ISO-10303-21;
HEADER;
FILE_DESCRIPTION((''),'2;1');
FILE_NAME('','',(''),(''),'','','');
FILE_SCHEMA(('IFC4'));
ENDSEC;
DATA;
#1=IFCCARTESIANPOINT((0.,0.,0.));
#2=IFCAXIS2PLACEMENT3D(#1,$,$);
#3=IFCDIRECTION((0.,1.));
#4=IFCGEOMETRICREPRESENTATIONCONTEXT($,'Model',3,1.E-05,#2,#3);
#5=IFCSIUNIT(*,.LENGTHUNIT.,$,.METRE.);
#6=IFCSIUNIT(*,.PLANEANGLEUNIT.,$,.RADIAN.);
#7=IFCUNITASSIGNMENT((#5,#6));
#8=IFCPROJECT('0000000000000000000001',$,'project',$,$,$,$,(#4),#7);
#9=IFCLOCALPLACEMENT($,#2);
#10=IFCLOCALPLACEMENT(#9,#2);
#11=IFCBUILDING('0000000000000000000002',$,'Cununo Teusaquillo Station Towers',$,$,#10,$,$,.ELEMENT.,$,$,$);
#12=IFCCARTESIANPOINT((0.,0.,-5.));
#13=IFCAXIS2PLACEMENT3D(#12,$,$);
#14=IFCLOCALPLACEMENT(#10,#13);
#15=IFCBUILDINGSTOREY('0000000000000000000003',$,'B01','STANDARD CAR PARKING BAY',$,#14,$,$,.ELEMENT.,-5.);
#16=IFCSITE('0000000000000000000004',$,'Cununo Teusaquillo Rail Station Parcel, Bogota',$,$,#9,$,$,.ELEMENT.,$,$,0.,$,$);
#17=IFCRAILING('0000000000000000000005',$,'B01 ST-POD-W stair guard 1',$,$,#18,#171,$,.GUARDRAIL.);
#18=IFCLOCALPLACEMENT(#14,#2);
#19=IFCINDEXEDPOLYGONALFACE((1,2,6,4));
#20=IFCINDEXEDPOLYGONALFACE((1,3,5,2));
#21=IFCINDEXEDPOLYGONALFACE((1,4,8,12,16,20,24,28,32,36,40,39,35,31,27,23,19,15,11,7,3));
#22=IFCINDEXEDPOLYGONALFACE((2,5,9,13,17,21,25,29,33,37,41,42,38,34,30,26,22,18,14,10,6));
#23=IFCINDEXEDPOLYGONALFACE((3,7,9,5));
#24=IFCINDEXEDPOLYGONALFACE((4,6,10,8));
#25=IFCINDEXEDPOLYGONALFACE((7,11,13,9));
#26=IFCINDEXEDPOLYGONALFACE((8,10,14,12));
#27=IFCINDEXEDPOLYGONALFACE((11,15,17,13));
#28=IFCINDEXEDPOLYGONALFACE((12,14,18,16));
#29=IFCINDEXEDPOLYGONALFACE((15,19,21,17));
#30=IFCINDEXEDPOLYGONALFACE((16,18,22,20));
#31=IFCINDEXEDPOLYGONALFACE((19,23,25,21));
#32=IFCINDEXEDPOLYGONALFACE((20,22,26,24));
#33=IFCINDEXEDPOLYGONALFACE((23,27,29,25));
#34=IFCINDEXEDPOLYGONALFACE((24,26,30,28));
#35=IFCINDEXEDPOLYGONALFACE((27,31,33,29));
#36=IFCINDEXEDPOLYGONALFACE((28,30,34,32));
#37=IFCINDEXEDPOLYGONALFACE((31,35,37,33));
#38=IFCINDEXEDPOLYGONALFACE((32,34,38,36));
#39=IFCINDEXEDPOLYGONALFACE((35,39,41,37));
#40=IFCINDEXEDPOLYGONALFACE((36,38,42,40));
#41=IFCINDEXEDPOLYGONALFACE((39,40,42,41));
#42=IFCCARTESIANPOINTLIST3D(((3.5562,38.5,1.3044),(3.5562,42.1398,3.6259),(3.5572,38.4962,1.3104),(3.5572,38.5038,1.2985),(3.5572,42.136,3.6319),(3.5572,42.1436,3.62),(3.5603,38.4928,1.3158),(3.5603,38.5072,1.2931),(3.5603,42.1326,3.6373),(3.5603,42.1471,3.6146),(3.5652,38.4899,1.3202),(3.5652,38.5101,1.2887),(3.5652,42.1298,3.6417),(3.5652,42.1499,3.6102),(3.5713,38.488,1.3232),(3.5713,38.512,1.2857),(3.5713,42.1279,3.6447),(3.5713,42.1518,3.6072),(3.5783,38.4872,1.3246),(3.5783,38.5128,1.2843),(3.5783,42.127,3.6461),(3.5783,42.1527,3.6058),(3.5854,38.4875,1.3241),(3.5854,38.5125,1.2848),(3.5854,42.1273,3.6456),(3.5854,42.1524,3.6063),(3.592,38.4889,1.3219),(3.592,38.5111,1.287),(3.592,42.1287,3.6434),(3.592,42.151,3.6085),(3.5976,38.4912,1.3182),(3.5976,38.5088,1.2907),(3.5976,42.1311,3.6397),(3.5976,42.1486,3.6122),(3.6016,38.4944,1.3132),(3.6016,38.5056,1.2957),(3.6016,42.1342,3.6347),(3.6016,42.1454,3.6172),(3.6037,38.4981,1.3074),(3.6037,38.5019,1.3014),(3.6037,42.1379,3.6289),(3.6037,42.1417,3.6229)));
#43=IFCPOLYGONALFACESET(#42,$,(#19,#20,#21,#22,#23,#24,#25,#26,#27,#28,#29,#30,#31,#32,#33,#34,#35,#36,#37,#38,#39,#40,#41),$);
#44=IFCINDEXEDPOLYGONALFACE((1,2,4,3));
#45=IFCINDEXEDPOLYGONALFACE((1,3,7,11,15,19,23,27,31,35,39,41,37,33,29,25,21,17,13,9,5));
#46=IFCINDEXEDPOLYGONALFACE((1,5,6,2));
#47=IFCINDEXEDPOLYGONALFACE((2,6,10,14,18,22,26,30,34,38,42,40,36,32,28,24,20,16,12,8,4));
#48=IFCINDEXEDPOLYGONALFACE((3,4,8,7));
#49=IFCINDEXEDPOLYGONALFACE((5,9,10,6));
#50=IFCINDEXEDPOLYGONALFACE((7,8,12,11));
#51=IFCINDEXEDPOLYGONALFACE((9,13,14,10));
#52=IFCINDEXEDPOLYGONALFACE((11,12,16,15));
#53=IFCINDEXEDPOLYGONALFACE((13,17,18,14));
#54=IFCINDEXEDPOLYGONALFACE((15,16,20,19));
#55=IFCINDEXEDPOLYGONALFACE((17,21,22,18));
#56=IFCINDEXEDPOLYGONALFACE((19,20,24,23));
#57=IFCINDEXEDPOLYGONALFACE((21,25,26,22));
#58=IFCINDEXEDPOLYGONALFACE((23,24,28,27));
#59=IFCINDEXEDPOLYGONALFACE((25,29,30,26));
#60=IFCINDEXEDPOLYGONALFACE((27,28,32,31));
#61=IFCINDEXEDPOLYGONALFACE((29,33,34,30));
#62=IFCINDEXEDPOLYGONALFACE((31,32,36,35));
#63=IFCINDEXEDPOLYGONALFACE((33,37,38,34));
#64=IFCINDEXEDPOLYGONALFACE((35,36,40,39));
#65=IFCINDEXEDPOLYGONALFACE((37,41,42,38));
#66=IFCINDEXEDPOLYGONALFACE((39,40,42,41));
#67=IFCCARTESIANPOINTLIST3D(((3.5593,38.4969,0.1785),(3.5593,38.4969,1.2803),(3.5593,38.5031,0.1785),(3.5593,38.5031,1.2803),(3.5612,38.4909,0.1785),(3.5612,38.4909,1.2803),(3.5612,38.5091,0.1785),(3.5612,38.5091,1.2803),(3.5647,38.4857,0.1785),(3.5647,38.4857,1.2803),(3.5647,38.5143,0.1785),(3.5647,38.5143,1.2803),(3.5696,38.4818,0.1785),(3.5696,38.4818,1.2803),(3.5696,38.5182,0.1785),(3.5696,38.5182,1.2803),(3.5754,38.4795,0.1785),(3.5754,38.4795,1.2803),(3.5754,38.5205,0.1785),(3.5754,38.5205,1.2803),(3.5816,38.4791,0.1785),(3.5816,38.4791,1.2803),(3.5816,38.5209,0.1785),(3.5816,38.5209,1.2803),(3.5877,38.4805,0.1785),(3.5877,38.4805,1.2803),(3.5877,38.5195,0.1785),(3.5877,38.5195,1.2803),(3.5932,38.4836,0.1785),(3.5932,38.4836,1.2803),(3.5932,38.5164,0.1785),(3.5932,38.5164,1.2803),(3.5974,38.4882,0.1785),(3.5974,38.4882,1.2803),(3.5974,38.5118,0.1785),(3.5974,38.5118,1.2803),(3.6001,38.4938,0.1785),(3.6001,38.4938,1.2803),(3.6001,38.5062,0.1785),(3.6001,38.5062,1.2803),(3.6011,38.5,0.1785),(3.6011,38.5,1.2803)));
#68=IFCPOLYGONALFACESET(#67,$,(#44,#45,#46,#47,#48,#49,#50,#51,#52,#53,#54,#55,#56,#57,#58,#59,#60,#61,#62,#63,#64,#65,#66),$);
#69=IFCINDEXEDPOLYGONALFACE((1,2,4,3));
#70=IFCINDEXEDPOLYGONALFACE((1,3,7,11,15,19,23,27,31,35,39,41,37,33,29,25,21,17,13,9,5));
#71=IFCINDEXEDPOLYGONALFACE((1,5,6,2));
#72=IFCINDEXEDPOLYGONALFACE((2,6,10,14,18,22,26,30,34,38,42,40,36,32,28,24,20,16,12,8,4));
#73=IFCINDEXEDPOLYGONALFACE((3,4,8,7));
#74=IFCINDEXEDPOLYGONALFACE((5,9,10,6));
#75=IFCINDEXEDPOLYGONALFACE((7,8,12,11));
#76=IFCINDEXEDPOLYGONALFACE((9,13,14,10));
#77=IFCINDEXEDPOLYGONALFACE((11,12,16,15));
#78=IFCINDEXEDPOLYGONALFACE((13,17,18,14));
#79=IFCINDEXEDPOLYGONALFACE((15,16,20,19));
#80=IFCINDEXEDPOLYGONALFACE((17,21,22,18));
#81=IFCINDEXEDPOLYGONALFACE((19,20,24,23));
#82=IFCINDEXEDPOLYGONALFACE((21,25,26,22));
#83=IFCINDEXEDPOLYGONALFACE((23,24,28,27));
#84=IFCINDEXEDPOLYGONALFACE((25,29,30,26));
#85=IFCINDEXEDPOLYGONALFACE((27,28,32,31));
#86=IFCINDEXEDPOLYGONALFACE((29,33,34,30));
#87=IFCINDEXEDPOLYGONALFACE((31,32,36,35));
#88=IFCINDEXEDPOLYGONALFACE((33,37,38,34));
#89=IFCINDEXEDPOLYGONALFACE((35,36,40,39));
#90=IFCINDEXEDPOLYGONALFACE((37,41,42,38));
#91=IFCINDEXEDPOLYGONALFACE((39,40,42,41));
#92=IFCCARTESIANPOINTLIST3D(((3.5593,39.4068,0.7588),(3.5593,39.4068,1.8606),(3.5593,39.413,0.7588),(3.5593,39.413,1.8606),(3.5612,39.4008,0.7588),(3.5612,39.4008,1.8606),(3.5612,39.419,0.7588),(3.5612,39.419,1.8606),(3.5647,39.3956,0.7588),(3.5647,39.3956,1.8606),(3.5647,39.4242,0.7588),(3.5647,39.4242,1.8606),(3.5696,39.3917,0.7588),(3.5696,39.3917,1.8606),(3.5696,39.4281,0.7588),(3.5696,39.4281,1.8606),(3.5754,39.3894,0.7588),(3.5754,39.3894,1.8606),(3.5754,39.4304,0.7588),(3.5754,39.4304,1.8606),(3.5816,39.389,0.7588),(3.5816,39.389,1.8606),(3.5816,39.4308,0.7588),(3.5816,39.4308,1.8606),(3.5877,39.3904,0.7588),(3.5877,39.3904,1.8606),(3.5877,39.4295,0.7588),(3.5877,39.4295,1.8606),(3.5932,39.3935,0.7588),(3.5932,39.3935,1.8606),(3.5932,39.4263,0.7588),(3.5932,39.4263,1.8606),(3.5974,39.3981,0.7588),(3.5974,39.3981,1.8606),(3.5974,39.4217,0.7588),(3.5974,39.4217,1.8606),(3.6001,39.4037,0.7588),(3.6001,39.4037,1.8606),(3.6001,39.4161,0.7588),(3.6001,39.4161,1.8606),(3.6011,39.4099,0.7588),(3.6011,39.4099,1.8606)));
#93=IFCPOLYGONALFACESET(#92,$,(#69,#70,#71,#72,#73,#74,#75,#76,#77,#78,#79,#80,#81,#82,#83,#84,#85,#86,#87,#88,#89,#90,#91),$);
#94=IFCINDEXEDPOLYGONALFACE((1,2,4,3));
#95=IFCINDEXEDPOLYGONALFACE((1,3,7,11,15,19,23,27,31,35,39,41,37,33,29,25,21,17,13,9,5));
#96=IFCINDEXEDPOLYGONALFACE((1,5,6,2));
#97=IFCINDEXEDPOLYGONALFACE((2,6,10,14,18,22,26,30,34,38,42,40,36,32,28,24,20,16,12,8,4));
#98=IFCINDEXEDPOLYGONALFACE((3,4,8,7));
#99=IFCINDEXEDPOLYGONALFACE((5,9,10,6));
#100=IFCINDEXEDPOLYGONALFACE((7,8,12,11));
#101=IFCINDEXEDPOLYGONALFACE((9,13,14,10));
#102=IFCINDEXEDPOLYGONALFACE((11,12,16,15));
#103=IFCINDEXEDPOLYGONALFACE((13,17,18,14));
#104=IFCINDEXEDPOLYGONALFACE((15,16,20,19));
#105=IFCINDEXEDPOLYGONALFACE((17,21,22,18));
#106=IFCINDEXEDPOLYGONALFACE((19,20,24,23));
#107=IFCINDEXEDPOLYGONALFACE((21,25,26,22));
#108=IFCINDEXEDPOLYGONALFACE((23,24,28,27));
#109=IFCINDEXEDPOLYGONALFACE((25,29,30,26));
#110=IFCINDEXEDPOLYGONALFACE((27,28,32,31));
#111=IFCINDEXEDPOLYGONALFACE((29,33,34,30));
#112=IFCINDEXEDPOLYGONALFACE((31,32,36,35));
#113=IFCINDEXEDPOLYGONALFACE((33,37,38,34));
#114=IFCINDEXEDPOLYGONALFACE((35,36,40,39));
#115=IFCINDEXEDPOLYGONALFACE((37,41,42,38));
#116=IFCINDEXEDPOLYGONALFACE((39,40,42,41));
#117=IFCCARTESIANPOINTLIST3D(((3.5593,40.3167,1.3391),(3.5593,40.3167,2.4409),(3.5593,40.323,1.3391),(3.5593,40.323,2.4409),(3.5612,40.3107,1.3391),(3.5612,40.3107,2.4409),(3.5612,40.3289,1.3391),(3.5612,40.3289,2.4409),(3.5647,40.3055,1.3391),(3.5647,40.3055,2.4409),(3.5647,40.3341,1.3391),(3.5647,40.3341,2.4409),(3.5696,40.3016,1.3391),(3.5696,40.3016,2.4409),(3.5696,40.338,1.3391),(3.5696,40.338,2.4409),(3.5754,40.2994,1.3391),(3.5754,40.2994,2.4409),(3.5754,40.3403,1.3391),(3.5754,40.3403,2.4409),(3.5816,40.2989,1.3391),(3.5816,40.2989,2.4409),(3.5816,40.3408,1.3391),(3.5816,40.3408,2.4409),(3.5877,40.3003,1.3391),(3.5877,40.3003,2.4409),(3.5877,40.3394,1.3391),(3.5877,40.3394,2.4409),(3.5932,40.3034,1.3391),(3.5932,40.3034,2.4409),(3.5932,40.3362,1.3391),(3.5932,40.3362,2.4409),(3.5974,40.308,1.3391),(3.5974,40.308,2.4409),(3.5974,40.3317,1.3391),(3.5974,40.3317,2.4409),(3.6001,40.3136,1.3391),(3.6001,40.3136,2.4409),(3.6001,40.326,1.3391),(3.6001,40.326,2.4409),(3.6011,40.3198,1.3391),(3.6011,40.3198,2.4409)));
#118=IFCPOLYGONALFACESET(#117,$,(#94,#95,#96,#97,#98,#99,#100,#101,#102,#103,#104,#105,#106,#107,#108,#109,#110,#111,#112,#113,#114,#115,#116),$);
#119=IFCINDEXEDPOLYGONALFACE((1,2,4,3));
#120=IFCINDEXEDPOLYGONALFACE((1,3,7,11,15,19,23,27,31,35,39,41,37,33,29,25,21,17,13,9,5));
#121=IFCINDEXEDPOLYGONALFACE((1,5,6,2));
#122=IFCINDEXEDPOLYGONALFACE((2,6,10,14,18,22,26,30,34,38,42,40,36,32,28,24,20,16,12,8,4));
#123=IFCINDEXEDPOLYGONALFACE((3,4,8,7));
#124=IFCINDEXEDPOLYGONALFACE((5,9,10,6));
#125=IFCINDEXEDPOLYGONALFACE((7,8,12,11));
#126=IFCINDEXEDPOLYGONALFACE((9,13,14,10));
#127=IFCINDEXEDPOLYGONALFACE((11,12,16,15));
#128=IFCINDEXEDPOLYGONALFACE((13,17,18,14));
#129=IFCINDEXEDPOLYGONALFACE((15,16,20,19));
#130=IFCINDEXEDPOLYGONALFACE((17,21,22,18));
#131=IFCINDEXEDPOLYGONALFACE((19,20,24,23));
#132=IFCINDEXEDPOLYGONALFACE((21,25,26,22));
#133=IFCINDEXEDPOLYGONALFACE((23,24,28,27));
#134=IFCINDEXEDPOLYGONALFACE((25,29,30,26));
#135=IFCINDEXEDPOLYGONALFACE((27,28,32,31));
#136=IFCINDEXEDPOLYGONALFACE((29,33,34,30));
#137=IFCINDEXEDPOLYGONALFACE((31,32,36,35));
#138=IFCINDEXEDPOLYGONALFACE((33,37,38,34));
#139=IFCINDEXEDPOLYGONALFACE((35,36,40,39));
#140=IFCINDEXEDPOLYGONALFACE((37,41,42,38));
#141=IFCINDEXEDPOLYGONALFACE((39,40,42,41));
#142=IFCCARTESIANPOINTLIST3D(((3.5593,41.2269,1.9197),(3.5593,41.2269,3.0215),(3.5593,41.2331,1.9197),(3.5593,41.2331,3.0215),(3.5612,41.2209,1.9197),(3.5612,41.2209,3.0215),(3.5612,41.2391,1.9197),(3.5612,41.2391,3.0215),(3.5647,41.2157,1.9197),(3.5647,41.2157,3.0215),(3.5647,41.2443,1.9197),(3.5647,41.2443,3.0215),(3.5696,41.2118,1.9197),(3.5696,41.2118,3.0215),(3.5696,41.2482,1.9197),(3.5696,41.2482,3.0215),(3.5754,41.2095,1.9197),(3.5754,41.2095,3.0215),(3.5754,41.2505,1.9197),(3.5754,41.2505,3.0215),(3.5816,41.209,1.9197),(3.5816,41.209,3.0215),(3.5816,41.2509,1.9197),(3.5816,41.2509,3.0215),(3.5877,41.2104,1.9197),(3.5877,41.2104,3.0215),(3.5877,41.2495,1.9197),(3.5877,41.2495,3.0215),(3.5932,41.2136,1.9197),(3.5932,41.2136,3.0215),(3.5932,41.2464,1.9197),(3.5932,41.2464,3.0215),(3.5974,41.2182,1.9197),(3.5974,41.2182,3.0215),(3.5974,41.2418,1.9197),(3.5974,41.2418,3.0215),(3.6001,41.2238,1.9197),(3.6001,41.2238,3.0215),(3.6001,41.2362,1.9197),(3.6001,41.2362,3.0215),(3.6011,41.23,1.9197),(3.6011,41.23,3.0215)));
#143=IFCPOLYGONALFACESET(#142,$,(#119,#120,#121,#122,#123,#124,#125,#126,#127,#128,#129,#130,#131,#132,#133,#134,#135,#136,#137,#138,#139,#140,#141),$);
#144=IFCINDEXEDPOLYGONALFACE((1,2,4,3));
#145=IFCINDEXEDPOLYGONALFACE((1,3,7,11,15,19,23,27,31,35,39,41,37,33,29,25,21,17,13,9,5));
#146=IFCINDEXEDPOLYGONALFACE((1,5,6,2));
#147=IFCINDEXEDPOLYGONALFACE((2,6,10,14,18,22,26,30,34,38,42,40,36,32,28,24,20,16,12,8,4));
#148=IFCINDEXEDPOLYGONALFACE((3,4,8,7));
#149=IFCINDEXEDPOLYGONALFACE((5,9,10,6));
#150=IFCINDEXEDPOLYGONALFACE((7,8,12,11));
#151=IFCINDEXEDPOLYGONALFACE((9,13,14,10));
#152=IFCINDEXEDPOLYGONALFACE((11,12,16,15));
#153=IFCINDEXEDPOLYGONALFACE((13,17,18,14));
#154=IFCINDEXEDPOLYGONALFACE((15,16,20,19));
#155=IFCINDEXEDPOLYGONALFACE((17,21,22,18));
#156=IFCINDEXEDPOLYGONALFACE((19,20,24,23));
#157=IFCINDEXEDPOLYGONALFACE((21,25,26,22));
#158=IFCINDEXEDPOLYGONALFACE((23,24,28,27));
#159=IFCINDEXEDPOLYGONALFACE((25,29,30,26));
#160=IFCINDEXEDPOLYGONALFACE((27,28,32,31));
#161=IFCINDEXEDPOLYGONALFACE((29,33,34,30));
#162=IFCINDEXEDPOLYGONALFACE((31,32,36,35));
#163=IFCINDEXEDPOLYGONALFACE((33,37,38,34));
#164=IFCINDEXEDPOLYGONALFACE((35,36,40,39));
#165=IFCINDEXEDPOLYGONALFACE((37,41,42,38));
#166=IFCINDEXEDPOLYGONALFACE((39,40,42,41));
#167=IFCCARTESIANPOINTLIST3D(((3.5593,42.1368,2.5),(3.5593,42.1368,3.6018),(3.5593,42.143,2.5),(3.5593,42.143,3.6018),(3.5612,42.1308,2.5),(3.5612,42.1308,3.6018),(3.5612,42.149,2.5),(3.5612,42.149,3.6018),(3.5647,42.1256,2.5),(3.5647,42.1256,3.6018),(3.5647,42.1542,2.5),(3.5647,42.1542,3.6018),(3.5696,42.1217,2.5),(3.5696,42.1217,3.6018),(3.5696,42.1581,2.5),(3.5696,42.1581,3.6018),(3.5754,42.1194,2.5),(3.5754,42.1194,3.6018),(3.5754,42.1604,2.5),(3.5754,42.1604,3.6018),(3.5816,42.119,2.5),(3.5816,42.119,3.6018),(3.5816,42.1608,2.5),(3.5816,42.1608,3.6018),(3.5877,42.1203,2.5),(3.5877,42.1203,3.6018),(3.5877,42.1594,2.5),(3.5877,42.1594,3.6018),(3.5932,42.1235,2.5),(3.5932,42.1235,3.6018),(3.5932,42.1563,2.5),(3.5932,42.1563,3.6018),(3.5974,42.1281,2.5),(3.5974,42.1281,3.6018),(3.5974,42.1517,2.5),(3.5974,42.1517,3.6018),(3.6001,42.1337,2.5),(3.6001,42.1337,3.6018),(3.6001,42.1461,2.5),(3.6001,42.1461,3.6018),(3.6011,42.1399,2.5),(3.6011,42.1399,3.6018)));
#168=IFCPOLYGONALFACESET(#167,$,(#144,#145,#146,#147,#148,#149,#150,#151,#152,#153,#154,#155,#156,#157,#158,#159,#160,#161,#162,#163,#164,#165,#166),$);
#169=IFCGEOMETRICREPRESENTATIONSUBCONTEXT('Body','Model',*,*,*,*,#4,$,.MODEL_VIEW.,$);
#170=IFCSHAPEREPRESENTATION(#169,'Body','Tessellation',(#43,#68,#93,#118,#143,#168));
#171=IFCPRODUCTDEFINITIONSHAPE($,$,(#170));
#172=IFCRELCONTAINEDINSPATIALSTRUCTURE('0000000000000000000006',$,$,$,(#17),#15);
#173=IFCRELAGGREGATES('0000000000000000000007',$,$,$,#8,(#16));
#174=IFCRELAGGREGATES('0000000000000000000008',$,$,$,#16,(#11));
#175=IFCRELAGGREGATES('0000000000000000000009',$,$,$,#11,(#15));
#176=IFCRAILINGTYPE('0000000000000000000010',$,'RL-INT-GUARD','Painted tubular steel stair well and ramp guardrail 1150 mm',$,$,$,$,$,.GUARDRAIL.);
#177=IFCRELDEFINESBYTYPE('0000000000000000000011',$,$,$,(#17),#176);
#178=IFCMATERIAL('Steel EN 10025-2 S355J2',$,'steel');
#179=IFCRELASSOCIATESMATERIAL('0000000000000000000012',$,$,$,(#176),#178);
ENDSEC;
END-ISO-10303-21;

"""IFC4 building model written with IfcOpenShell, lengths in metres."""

from ifc_helpers import new_model, si_unit, direction, frame, origin, origin_2d, place, context, subcontext, project, spatial, circle, extrude, material, type_object, element, save


model = new_model("IFC4")

# Units and contexts
model_context = context("Model", 3, precision=1e-05, world=origin(), true_north=direction((0.0, 1.0)))
body_context = subcontext(model_context, "Body", "Model", "MODEL_VIEW")
ifc_project = project(units=[si_unit("LENGTHUNIT", "METRE"), si_unit("PLANEANGLEUNIT", "RADIAN")], contexts=[model_context])

# Site, building, storey
site_placement = place(None, origin())
site = spatial("IfcSite", under=ifc_project, at=site_placement, Name="Cununo Teusaquillo Rail Station Parcel, Bogota", CompositionType="ELEMENT", RefElevation=0.0)
building_placement = place(site_placement, origin())
building = spatial("IfcBuilding", under=site, at=building_placement, Name="Cununo Teusaquillo Station Towers", CompositionType="ELEMENT")
storey_placement = place(building_placement, frame((0.0, 0.0, -5.0)))
storey = spatial("IfcBuildingStorey", under=building, at=storey_placement, Name="B01", Description="STANDARD CAR PARKING BAY", CompositionType="ELEMENT", Elevation=-5.0)

# Railing
ifc_material_1 = material(Name="Steel EN 10025-2 S355J2", Category="steel")
railing_type_1 = type_object("IfcRailingType", Name="RL-INT-GUARD", Description="Painted tubular steel stair well and ramp guardrail 1150 mm", PredefinedType="GUARDRAIL", material=ifc_material_1)
railing_1_placement = place(storey_placement, frame((3.5801, 38.5, 0.1785)))
element("IfcRailing", 1, at=railing_1_placement, inside=storey, type_object=railing_type_1, Name="B01 ST-POD-W stair guard 1", PredefinedType="GUARDRAIL", context=body_context, shape_type="SweptSolid", body=[
    extrude(circle(Radius=0.0239, at=origin_2d()), frame((0.0, 0.0, 1.126), z_axis=(0.0, 0.843112, 0.537739), x_axis=(-1.0, 0.0, 0.0)), (0.0, 0.0, 1.0), 4.3171),
    extrude(circle(Radius=0.021, at=origin_2d()), origin(), (0.0, 0.0, 1.0), 1.1018),
    extrude(circle(Radius=0.021, at=origin_2d()), frame((0.0, 0.9099, 0.5803)), (0.0, 0.0, 1.0), 1.1018),
    extrude(circle(Radius=0.021, at=origin_2d()), frame((0.0, 1.8198, 1.1606)), (0.0, 0.0, 1.0), 1.1018),
    extrude(circle(Radius=0.021, at=origin_2d()), frame((0.0, 2.73, 1.7412)), (0.0, 0.0, 1.0), 1.1018),
    extrude(circle(Radius=0.021, at=origin_2d()), frame((0.0, 3.6399, 2.3215)), (0.0, 0.0, 1.0), 1.1018),
])

save(model, "model.ifc")
